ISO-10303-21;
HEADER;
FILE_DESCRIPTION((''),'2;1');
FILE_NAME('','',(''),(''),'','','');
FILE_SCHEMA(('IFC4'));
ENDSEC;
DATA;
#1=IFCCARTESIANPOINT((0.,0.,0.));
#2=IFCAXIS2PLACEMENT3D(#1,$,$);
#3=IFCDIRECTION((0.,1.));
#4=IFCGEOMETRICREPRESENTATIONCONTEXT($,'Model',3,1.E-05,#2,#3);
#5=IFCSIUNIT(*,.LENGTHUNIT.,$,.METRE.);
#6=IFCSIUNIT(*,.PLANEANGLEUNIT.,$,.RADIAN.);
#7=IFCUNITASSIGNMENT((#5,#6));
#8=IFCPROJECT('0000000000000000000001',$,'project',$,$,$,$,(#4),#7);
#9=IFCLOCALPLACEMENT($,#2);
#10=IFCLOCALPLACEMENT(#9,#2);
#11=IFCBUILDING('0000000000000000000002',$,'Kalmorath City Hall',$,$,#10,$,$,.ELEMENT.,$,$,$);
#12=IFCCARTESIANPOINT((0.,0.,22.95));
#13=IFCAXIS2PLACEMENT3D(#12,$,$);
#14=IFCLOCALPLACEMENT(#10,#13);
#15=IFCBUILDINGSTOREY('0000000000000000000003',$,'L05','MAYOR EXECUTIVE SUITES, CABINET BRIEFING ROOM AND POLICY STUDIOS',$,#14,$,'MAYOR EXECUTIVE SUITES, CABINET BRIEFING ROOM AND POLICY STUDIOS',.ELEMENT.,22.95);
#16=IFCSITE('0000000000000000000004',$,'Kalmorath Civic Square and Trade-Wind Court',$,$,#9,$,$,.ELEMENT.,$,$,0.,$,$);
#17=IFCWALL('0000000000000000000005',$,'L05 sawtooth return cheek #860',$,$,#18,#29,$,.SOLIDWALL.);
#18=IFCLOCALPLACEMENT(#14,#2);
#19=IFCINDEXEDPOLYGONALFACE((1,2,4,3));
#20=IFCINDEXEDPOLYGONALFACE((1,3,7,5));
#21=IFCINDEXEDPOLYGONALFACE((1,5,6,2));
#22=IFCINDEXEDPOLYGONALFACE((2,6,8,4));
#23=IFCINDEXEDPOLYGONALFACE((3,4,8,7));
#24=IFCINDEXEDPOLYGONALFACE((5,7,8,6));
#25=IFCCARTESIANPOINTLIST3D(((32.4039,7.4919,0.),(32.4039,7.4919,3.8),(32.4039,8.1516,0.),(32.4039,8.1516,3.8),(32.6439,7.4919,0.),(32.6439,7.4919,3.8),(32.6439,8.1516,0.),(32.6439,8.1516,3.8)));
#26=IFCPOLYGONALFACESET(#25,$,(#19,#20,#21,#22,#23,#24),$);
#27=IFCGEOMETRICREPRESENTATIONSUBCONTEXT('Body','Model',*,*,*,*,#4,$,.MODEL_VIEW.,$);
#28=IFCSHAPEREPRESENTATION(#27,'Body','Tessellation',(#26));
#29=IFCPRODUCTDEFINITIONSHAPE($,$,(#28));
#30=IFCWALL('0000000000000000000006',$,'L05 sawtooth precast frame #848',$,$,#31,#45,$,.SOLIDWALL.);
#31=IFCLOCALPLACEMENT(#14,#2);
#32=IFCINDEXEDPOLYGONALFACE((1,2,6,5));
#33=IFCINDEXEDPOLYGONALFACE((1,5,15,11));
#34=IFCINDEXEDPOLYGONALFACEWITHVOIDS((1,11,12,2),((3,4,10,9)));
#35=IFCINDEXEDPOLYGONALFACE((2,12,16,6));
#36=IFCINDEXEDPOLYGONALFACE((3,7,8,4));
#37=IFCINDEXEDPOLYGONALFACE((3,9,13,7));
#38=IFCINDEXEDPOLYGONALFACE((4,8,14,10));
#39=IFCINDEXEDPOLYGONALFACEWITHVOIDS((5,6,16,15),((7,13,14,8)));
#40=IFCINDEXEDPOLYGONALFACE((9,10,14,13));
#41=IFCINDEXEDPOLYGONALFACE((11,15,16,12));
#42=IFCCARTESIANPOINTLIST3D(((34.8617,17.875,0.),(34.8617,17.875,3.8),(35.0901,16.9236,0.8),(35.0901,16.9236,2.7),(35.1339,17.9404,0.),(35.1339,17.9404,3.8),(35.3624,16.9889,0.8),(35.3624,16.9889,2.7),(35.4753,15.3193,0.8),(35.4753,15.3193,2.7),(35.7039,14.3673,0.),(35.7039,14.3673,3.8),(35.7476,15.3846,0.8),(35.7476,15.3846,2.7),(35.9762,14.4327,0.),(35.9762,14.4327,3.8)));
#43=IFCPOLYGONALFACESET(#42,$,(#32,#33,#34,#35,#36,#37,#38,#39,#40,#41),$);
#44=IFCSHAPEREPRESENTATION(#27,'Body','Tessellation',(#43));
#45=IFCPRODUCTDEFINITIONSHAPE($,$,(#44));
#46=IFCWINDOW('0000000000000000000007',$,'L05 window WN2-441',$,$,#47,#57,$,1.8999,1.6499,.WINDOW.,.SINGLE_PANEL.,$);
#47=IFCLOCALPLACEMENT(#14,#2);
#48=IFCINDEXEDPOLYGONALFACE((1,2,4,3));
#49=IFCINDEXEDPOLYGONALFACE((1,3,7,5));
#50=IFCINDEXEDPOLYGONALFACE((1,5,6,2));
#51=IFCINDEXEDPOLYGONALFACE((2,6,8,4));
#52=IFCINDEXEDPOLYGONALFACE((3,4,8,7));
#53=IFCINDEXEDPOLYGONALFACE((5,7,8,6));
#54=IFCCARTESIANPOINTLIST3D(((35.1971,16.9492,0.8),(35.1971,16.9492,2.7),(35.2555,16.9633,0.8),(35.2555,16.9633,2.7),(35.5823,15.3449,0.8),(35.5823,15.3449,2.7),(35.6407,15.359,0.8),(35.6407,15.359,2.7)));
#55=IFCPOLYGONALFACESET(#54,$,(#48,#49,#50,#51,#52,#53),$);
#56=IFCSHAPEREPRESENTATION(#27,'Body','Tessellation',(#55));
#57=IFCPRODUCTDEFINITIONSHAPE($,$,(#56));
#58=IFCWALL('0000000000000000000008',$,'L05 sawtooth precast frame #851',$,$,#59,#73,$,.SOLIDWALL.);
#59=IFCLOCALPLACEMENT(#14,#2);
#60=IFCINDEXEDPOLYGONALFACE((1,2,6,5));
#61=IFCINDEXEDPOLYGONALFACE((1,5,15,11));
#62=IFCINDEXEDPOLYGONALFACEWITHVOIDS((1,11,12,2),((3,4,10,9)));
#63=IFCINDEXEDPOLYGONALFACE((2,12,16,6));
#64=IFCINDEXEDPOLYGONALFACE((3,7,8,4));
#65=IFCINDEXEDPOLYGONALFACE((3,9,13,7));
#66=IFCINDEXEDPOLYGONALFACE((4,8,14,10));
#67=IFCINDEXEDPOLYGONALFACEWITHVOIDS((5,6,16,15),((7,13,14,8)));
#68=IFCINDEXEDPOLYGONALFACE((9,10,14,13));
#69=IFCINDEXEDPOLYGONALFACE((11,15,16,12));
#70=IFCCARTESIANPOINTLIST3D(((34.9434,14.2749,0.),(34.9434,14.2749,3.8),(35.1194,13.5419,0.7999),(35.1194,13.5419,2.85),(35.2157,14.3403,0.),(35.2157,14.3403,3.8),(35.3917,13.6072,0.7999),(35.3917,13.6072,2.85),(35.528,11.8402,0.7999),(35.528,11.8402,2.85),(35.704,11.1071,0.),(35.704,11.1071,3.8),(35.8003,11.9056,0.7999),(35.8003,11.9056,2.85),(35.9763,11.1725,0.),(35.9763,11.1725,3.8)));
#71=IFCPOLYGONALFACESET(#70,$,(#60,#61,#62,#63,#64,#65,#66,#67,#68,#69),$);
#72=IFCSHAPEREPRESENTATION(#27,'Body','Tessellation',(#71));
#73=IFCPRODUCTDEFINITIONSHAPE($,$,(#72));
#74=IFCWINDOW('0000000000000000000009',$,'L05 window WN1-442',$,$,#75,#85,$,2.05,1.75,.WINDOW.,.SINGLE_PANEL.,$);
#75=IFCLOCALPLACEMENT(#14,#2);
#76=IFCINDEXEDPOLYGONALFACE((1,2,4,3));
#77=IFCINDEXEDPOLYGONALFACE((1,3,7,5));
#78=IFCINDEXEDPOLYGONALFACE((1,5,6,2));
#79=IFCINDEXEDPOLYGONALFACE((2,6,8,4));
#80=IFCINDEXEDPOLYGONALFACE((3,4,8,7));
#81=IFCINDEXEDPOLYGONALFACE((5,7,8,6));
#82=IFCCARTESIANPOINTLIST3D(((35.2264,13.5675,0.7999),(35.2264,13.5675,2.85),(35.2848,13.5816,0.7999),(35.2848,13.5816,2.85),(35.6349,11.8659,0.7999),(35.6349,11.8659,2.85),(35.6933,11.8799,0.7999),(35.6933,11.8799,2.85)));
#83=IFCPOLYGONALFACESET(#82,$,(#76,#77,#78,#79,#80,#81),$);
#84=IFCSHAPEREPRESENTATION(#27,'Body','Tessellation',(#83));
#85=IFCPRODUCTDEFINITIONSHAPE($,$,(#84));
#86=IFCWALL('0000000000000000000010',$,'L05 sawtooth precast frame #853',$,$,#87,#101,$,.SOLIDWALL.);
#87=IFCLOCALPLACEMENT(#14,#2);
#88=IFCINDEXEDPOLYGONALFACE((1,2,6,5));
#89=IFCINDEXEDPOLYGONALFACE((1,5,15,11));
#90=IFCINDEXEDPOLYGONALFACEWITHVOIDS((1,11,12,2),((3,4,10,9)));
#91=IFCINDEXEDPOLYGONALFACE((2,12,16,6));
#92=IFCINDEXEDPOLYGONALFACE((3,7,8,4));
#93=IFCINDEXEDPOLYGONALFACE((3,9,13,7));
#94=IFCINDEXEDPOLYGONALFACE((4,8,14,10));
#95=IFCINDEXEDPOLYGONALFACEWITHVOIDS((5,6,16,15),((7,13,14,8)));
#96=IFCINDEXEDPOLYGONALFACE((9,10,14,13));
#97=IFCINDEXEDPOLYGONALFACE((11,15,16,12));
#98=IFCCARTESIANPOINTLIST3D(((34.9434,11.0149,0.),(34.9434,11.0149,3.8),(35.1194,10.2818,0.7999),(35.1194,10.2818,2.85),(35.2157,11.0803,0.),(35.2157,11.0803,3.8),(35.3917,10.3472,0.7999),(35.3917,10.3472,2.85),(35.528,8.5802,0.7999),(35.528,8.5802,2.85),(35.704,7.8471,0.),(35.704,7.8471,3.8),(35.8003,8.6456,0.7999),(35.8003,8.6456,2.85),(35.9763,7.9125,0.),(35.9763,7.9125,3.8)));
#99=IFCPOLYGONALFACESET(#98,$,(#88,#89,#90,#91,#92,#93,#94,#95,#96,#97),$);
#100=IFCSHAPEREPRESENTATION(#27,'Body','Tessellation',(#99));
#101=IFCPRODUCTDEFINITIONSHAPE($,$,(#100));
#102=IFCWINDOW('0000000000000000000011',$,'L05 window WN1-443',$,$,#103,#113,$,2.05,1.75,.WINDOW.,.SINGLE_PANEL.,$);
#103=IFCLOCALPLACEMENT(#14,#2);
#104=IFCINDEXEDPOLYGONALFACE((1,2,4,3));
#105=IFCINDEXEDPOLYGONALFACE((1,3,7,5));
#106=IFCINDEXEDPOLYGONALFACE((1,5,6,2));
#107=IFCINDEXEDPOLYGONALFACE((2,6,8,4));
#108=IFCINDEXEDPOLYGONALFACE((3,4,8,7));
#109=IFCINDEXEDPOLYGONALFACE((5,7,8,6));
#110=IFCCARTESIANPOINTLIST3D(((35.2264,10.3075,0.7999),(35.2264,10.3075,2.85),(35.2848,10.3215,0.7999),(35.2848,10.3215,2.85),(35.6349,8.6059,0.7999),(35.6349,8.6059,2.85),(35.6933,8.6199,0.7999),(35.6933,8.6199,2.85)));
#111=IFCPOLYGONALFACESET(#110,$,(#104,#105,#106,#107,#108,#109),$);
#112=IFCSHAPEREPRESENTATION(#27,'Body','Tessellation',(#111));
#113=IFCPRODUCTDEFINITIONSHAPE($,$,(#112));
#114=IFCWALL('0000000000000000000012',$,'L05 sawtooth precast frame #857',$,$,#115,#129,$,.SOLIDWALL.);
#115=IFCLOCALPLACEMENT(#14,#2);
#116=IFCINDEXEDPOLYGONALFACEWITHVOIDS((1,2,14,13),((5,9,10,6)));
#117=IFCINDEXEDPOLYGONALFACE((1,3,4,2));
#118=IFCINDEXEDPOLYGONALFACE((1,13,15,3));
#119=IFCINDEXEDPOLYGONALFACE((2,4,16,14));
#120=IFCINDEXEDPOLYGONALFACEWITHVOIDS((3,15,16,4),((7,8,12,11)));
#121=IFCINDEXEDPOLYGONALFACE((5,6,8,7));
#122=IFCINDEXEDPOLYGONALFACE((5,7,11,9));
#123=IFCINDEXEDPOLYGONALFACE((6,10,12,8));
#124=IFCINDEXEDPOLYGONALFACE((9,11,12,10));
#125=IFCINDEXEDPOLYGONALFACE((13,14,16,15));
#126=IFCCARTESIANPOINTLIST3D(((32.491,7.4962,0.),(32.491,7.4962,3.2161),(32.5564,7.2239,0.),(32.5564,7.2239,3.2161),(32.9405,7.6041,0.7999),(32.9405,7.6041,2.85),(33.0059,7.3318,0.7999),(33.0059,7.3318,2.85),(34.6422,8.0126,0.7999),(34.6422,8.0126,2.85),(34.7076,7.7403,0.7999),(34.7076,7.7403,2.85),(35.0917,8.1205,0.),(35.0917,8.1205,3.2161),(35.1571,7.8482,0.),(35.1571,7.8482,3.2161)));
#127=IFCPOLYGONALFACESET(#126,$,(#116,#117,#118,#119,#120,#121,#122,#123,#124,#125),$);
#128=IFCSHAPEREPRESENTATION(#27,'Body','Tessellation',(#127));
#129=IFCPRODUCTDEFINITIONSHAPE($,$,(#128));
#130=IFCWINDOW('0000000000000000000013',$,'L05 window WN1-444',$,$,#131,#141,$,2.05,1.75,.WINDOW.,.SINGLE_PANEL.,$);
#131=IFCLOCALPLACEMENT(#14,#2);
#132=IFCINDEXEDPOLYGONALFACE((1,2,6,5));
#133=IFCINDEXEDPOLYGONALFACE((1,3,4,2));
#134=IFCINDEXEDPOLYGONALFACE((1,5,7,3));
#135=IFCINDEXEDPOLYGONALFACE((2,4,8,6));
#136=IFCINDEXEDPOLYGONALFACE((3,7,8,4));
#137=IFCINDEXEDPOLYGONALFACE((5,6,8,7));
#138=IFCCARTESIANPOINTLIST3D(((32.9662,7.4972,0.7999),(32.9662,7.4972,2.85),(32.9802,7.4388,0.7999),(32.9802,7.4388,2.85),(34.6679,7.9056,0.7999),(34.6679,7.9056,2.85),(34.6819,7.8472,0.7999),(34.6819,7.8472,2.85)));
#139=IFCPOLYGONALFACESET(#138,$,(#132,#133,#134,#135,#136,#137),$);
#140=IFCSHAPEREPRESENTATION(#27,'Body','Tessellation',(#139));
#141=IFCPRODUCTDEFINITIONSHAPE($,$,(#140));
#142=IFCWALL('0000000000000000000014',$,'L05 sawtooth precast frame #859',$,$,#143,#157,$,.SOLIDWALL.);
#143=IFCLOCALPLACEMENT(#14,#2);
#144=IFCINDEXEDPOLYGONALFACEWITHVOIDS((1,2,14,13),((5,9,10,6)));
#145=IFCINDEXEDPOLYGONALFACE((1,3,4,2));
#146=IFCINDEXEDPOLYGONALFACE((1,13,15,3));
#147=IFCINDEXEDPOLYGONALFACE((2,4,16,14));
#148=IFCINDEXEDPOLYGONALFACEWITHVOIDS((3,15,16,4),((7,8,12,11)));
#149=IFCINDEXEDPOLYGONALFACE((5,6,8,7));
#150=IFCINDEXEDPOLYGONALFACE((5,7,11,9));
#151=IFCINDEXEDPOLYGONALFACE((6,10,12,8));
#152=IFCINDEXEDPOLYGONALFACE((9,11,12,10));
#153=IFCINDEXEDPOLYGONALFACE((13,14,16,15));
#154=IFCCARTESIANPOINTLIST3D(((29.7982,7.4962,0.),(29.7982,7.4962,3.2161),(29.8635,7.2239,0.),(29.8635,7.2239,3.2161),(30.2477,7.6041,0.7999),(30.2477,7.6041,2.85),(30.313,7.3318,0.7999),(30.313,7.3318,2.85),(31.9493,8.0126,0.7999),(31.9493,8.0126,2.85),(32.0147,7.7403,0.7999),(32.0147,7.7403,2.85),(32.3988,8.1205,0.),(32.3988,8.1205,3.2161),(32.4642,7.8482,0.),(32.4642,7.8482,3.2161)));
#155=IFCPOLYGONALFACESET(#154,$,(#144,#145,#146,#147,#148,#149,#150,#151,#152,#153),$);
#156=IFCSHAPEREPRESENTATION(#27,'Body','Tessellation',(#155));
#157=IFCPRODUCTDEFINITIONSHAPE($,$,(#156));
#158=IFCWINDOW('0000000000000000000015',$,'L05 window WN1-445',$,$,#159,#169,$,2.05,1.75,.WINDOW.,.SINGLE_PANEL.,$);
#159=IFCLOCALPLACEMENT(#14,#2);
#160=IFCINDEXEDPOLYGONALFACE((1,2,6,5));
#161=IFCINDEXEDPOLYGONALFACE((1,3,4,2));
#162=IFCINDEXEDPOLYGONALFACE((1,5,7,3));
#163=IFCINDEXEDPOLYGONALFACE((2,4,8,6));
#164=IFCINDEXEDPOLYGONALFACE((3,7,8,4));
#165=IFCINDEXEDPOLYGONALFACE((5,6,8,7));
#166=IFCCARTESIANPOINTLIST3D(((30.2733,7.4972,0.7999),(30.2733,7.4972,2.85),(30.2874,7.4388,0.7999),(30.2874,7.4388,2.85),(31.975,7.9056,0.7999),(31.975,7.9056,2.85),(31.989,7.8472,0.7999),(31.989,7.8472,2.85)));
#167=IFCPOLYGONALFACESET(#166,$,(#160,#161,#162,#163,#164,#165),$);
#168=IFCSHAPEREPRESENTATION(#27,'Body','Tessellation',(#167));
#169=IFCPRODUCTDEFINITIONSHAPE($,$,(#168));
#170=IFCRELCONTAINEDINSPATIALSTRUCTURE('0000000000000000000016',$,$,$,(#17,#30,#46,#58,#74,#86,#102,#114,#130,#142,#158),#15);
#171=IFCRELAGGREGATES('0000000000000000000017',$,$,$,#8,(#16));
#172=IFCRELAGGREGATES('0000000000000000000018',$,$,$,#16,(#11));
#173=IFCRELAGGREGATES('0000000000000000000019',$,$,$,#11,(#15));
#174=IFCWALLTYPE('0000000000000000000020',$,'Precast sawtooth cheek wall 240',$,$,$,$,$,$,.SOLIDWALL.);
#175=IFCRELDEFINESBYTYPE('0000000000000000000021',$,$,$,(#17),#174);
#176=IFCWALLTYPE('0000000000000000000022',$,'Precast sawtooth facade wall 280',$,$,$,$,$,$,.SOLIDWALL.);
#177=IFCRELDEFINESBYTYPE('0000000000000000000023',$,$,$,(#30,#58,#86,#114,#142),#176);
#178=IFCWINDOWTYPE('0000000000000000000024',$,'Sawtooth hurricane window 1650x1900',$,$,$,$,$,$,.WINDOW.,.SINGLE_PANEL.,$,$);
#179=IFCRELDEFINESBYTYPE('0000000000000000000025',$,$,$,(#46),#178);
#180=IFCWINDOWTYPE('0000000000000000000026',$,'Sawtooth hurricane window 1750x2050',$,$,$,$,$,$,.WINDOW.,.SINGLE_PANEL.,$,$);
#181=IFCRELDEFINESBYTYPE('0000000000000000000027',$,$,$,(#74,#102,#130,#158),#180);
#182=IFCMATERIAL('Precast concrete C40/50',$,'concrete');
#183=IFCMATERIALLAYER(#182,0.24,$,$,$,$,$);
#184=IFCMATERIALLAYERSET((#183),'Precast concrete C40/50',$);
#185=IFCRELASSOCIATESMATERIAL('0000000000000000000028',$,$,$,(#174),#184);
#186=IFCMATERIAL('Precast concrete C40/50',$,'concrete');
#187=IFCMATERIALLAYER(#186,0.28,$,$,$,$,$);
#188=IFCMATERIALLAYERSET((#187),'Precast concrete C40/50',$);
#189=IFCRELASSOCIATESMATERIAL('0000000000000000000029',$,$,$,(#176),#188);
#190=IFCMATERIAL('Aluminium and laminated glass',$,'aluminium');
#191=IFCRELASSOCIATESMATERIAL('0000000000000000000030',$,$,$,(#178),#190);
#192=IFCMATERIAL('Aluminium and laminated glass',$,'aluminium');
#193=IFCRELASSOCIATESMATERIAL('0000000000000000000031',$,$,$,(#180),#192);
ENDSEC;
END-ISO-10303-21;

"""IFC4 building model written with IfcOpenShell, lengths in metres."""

from ifc_helpers import new_model, si_unit, direction, frame, frame_2d, origin, place, context, subcontext, project, spatial, rectangle, extrude, material, layer, layer_set, type_object, element, fill, save


model = new_model("IFC4")

# Units and contexts
model_context = context("Model", 3, precision=1e-05, world=origin(), true_north=direction((0.0, 1.0)))
body_context = subcontext(model_context, "Body", "Model", "MODEL_VIEW")
ifc_project = project(units=[si_unit("LENGTHUNIT", "METRE"), si_unit("PLANEANGLEUNIT", "RADIAN")], contexts=[model_context])

# Site, building, storey
site_placement = place(None, origin())
site = spatial("IfcSite", under=ifc_project, at=site_placement, Name="Kalmorath Civic Square and Trade-Wind Court", CompositionType="ELEMENT", RefElevation=0.0)
building_placement = place(site_placement, origin())
building = spatial("IfcBuilding", under=site, at=building_placement, Name="Kalmorath City Hall", CompositionType="ELEMENT")
storey_placement = place(building_placement, frame((0.0, 0.0, 22.95)))
storey = spatial("IfcBuildingStorey", under=building, at=storey_placement, Name="L05", Description="MAYOR EXECUTIVE SUITES, CABINET BRIEFING ROOM AND POLICY STUDIOS", LongName="MAYOR EXECUTIVE SUITES, CABINET BRIEFING ROOM AND POLICY STUDIOS", CompositionType="ELEMENT", Elevation=22.95)

# Wall
ifc_material_1 = material(Name="Precast concrete C40/50", Category="concrete")
ifc_layer_1 = layer(ifc_material_1, 0.24)
ifc_layer_set_1 = layer_set([ifc_layer_1], Name="Precast concrete C40/50")
wall_type_1 = type_object("IfcWallType", Name="Precast sawtooth cheek wall 240", PredefinedType="SOLIDWALL", material=ifc_layer_set_1)
wall_1_placement = place(storey_placement, frame((32.5239, 8.1516, 0.0), z_axis=(0.0, 0.0, 1.0), x_axis=(0.0, -1.0, 0.0)))
element("IfcWall", 1, at=wall_1_placement, inside=storey, type_object=wall_type_1, Name="L05 sawtooth return cheek #860", PredefinedType="SOLIDWALL", context=body_context, shape_type="SweptSolid", body=[
    extrude(rectangle(XDim=0.6597, YDim=0.24, at=frame_2d((0.3298, 0.0))), origin(), (0.0, 0.0, 1.0), 3.8),
])

# Walls, openings, windows
ifc_material_2 = material(Name="Precast concrete C40/50", Category="concrete")
ifc_layer_2 = layer(ifc_material_2, 0.28)
ifc_layer_set_2 = layer_set([ifc_layer_2], Name="Precast concrete C40/50")
wall_type_2 = type_object("IfcWallType", Name="Precast sawtooth facade wall 280", PredefinedType="SOLIDWALL", material=ifc_layer_set_2)
wall_2_placement = place(storey_placement, frame((34.9978, 17.9077, 0.0), z_axis=(0.0, 0.0, 1.0), x_axis=(0.23348, -0.972361, 0.0)))
wall_2 = element("IfcWall", 2, at=wall_2_placement, inside=storey, type_object=wall_type_2, Name="L05 sawtooth precast frame #848", PredefinedType="SOLIDWALL", context=body_context, shape_type="SweptSolid", body=[
    extrude(rectangle(XDim=3.6074, YDim=0.28, at=frame_2d((1.8037, 0.0))), origin(), (0.0, 0.0, 1.0), 3.8),
])
opening_1_placement = place(wall_2_placement, frame((0.9785, 0.0, 0.8)))
opening_1 = element("IfcOpeningElement", 3, at=opening_1_placement, cuts=wall_2, PredefinedType="OPENING", context=body_context, shape_type="SweptSolid", body=[
    extrude(rectangle(XDim=1.6499, YDim=1.8999, at=frame_2d((0.825, 0.95))), frame((0.0, 0.1499, 0.0), z_axis=(0.0, -1.0, 0.0), x_axis=(1.0, 0.0, 0.0)), (0.0, 0.0, 1.0), 0.3),
])
ifc_material_3 = material(Name="Aluminium and laminated glass", Category="aluminium")
window_type_1 = type_object("IfcWindowType", Name="Sawtooth hurricane window 1650x1900", PartitioningType="SINGLE_PANEL", PredefinedType="WINDOW", material=ifc_material_3)
window_1_placement = place(opening_1_placement, origin())
window_1 = element("IfcWindow", 4, at=window_1_placement, inside=storey, type_object=window_type_1, Name="L05 window WN2-441", OverallHeight=1.8999, OverallWidth=1.6499, PartitioningType="SINGLE_PANEL", PredefinedType="WINDOW", context=body_context, shape_type="SweptSolid", body=[
    extrude(rectangle(XDim=1.6499, YDim=1.8999, at=frame_2d((0.825, 0.95))), frame((0.0, 0.03, 0.0), z_axis=(0.0, -1.0, 0.0), x_axis=(1.0, 0.0, 0.0)), (0.0, 0.0, 1.0), 0.0601),
])
fill(opening_1, window_1)
wall_3_placement = place(storey_placement, frame((35.0796, 14.3076, 0.0), z_axis=(0.0, 0.0, 1.0), x_axis=(0.233444, -0.97237, 0.0)))
wall_3 = element("IfcWall", 5, at=wall_3_placement, inside=storey, type_object=wall_type_2, Name="L05 sawtooth precast frame #851", PredefinedType="SOLIDWALL", context=body_context, shape_type="SweptSolid", body=[
    extrude(rectangle(XDim=3.2578, YDim=0.28, at=frame_2d((1.6289, 0.0))), origin(), (0.0, 0.0, 1.0), 3.8),
])
opening_2_placement = place(wall_3_placement, frame((0.7539, 0.0, 0.8)))
opening_2 = element("IfcOpeningElement", 6, at=opening_2_placement, cuts=wall_3, PredefinedType="OPENING", context=body_context, shape_type="SweptSolid", body=[
    extrude(rectangle(XDim=1.75, YDim=2.05, at=frame_2d((0.875, 1.0249))), frame((0.0, 0.1499, 0.0), z_axis=(0.0, -1.0, 0.0), x_axis=(1.0, 0.0, 0.0)), (0.0, 0.0, 1.0), 0.3),
])
ifc_material_4 = material(Name="Aluminium and laminated glass", Category="aluminium")
window_type_2 = type_object("IfcWindowType", Name="Sawtooth hurricane window 1750x2050", PartitioningType="SINGLE_PANEL", PredefinedType="WINDOW", material=ifc_material_4)
window_2_placement = place(opening_2_placement, origin())
window_2 = element("IfcWindow", 7, at=window_2_placement, inside=storey, type_object=window_type_2, Name="L05 window WN1-442", OverallHeight=2.05, OverallWidth=1.75, PartitioningType="SINGLE_PANEL", PredefinedType="WINDOW", context=body_context, shape_type="SweptSolid", body=[
    extrude(rectangle(XDim=1.75, YDim=2.05, at=frame_2d((0.875, 1.0249))), frame((0.0, 0.03, 0.0), z_axis=(0.0, -1.0, 0.0), x_axis=(1.0, 0.0, 0.0)), (0.0, 0.0, 1.0), 0.0601),
])
fill(opening_2, window_2)
wall_4_placement = place(storey_placement, frame((35.0796, 11.0476, 0.0), z_axis=(0.0, 0.0, 1.0), x_axis=(0.233444, -0.97237, 0.0)))
wall_4 = element("IfcWall", 8, at=wall_4_placement, inside=storey, type_object=wall_type_2, Name="L05 sawtooth precast frame #853", PredefinedType="SOLIDWALL", context=body_context, shape_type="SweptSolid", body=[
    extrude(rectangle(XDim=3.2578, YDim=0.28, at=frame_2d((1.6289, 0.0))), origin(), (0.0, 0.0, 1.0), 3.8),
])
opening_3_placement = place(wall_4_placement, frame((0.7539, 0.0, 0.8)))
opening_3 = element("IfcOpeningElement", 9, at=opening_3_placement, cuts=wall_4, PredefinedType="OPENING", context=body_context, shape_type="SweptSolid", body=[
    extrude(rectangle(XDim=1.75, YDim=2.05, at=frame_2d((0.875, 1.0249))), frame((0.0, 0.1499, 0.0), z_axis=(0.0, -1.0, 0.0), x_axis=(1.0, 0.0, 0.0)), (0.0, 0.0, 1.0), 0.3),
])
window_3_placement = place(opening_3_placement, origin())
window_3 = element("IfcWindow", 10, at=window_3_placement, inside=storey, type_object=window_type_2, Name="L05 window WN1-443", OverallHeight=2.05, OverallWidth=1.75, PartitioningType="SINGLE_PANEL", PredefinedType="WINDOW", context=body_context, shape_type="SweptSolid", body=[
    extrude(rectangle(XDim=1.75, YDim=2.05, at=frame_2d((0.875, 1.0249))), frame((0.0, 0.03, 0.0), z_axis=(0.0, -1.0, 0.0), x_axis=(1.0, 0.0, 0.0)), (0.0, 0.0, 1.0), 0.0601),
])
fill(opening_3, window_3)
wall_5_placement = place(storey_placement, frame((35.1245, 7.9844, 0.0), z_axis=(0.0, 0.0, 1.0), x_axis=(-0.972377, -0.233418, 0.0)))
wall_5 = element("IfcWall", 11, at=wall_5_placement, inside=storey, type_object=wall_type_2, Name="L05 sawtooth precast frame #857", PredefinedType="SOLIDWALL", context=body_context, shape_type="SweptSolid", body=[
    extrude(rectangle(XDim=2.6746, YDim=0.28, at=frame_2d((1.3374, 0.0))), origin(), (0.0, 0.0, 1.0), 3.2161),
])
opening_4_placement = place(wall_5_placement, frame((0.4624, 0.0, 0.8)))
opening_4 = element("IfcOpeningElement", 12, at=opening_4_placement, cuts=wall_5, PredefinedType="OPENING", context=body_context, shape_type="SweptSolid", body=[
    extrude(rectangle(XDim=1.75, YDim=2.05, at=frame_2d((0.875, 1.0249))), frame((0.0, 0.1499, 0.0), z_axis=(0.0, -1.0, 0.0), x_axis=(1.0, 0.0, 0.0)), (0.0, 0.0, 1.0), 0.3),
])
window_4_placement = place(opening_4_placement, origin())
window_4 = element("IfcWindow", 13, at=window_4_placement, inside=storey, type_object=window_type_2, Name="L05 window WN1-444", OverallHeight=2.05, OverallWidth=1.75, PartitioningType="SINGLE_PANEL", PredefinedType="WINDOW", context=body_context, shape_type="SweptSolid", body=[
    extrude(rectangle(XDim=1.75, YDim=2.05, at=frame_2d((0.875, 1.0249))), frame((0.0, 0.03, 0.0), z_axis=(0.0, -1.0, 0.0), x_axis=(1.0, 0.0, 0.0)), (0.0, 0.0, 1.0), 0.0601),
])
fill(opening_4, window_4)
wall_6_placement = place(storey_placement, frame((32.4316, 7.9844, 0.0), z_axis=(0.0, 0.0, 1.0), x_axis=(-0.972377, -0.233418, 0.0)))
wall_6 = element("IfcWall", 14, at=wall_6_placement, inside=storey, type_object=wall_type_2, Name="L05 sawtooth precast frame #859", PredefinedType="SOLIDWALL", context=body_context, shape_type="SweptSolid", body=[
    extrude(rectangle(XDim=2.6746, YDim=0.28, at=frame_2d((1.3374, 0.0))), origin(), (0.0, 0.0, 1.0), 3.2161),
])
opening_5_placement = place(wall_6_placement, frame((0.4624, 0.0, 0.8)))
opening_5 = element("IfcOpeningElement", 15, at=opening_5_placement, cuts=wall_6, PredefinedType="OPENING", context=body_context, shape_type="SweptSolid", body=[
    extrude(rectangle(XDim=1.75, YDim=2.05, at=frame_2d((0.875, 1.0249))), frame((0.0, 0.1499, 0.0), z_axis=(0.0, -1.0, 0.0), x_axis=(1.0, 0.0, 0.0)), (0.0, 0.0, 1.0), 0.3),
])
window_5_placement = place(opening_5_placement, origin())
window_5 = element("IfcWindow", 16, at=window_5_placement, inside=storey, type_object=window_type_2, Name="L05 window WN1-445", OverallHeight=2.05, OverallWidth=1.75, PartitioningType="SINGLE_PANEL", PredefinedType="WINDOW", context=body_context, shape_type="SweptSolid", body=[
    extrude(rectangle(XDim=1.75, YDim=2.05, at=frame_2d((0.875, 1.0249))), frame((0.0, 0.03, 0.0), z_axis=(0.0, -1.0, 0.0), x_axis=(1.0, 0.0, 0.0)), (0.0, 0.0, 1.0), 0.0601),
])
fill(opening_5, window_5)

save(model, "model.ifc")
